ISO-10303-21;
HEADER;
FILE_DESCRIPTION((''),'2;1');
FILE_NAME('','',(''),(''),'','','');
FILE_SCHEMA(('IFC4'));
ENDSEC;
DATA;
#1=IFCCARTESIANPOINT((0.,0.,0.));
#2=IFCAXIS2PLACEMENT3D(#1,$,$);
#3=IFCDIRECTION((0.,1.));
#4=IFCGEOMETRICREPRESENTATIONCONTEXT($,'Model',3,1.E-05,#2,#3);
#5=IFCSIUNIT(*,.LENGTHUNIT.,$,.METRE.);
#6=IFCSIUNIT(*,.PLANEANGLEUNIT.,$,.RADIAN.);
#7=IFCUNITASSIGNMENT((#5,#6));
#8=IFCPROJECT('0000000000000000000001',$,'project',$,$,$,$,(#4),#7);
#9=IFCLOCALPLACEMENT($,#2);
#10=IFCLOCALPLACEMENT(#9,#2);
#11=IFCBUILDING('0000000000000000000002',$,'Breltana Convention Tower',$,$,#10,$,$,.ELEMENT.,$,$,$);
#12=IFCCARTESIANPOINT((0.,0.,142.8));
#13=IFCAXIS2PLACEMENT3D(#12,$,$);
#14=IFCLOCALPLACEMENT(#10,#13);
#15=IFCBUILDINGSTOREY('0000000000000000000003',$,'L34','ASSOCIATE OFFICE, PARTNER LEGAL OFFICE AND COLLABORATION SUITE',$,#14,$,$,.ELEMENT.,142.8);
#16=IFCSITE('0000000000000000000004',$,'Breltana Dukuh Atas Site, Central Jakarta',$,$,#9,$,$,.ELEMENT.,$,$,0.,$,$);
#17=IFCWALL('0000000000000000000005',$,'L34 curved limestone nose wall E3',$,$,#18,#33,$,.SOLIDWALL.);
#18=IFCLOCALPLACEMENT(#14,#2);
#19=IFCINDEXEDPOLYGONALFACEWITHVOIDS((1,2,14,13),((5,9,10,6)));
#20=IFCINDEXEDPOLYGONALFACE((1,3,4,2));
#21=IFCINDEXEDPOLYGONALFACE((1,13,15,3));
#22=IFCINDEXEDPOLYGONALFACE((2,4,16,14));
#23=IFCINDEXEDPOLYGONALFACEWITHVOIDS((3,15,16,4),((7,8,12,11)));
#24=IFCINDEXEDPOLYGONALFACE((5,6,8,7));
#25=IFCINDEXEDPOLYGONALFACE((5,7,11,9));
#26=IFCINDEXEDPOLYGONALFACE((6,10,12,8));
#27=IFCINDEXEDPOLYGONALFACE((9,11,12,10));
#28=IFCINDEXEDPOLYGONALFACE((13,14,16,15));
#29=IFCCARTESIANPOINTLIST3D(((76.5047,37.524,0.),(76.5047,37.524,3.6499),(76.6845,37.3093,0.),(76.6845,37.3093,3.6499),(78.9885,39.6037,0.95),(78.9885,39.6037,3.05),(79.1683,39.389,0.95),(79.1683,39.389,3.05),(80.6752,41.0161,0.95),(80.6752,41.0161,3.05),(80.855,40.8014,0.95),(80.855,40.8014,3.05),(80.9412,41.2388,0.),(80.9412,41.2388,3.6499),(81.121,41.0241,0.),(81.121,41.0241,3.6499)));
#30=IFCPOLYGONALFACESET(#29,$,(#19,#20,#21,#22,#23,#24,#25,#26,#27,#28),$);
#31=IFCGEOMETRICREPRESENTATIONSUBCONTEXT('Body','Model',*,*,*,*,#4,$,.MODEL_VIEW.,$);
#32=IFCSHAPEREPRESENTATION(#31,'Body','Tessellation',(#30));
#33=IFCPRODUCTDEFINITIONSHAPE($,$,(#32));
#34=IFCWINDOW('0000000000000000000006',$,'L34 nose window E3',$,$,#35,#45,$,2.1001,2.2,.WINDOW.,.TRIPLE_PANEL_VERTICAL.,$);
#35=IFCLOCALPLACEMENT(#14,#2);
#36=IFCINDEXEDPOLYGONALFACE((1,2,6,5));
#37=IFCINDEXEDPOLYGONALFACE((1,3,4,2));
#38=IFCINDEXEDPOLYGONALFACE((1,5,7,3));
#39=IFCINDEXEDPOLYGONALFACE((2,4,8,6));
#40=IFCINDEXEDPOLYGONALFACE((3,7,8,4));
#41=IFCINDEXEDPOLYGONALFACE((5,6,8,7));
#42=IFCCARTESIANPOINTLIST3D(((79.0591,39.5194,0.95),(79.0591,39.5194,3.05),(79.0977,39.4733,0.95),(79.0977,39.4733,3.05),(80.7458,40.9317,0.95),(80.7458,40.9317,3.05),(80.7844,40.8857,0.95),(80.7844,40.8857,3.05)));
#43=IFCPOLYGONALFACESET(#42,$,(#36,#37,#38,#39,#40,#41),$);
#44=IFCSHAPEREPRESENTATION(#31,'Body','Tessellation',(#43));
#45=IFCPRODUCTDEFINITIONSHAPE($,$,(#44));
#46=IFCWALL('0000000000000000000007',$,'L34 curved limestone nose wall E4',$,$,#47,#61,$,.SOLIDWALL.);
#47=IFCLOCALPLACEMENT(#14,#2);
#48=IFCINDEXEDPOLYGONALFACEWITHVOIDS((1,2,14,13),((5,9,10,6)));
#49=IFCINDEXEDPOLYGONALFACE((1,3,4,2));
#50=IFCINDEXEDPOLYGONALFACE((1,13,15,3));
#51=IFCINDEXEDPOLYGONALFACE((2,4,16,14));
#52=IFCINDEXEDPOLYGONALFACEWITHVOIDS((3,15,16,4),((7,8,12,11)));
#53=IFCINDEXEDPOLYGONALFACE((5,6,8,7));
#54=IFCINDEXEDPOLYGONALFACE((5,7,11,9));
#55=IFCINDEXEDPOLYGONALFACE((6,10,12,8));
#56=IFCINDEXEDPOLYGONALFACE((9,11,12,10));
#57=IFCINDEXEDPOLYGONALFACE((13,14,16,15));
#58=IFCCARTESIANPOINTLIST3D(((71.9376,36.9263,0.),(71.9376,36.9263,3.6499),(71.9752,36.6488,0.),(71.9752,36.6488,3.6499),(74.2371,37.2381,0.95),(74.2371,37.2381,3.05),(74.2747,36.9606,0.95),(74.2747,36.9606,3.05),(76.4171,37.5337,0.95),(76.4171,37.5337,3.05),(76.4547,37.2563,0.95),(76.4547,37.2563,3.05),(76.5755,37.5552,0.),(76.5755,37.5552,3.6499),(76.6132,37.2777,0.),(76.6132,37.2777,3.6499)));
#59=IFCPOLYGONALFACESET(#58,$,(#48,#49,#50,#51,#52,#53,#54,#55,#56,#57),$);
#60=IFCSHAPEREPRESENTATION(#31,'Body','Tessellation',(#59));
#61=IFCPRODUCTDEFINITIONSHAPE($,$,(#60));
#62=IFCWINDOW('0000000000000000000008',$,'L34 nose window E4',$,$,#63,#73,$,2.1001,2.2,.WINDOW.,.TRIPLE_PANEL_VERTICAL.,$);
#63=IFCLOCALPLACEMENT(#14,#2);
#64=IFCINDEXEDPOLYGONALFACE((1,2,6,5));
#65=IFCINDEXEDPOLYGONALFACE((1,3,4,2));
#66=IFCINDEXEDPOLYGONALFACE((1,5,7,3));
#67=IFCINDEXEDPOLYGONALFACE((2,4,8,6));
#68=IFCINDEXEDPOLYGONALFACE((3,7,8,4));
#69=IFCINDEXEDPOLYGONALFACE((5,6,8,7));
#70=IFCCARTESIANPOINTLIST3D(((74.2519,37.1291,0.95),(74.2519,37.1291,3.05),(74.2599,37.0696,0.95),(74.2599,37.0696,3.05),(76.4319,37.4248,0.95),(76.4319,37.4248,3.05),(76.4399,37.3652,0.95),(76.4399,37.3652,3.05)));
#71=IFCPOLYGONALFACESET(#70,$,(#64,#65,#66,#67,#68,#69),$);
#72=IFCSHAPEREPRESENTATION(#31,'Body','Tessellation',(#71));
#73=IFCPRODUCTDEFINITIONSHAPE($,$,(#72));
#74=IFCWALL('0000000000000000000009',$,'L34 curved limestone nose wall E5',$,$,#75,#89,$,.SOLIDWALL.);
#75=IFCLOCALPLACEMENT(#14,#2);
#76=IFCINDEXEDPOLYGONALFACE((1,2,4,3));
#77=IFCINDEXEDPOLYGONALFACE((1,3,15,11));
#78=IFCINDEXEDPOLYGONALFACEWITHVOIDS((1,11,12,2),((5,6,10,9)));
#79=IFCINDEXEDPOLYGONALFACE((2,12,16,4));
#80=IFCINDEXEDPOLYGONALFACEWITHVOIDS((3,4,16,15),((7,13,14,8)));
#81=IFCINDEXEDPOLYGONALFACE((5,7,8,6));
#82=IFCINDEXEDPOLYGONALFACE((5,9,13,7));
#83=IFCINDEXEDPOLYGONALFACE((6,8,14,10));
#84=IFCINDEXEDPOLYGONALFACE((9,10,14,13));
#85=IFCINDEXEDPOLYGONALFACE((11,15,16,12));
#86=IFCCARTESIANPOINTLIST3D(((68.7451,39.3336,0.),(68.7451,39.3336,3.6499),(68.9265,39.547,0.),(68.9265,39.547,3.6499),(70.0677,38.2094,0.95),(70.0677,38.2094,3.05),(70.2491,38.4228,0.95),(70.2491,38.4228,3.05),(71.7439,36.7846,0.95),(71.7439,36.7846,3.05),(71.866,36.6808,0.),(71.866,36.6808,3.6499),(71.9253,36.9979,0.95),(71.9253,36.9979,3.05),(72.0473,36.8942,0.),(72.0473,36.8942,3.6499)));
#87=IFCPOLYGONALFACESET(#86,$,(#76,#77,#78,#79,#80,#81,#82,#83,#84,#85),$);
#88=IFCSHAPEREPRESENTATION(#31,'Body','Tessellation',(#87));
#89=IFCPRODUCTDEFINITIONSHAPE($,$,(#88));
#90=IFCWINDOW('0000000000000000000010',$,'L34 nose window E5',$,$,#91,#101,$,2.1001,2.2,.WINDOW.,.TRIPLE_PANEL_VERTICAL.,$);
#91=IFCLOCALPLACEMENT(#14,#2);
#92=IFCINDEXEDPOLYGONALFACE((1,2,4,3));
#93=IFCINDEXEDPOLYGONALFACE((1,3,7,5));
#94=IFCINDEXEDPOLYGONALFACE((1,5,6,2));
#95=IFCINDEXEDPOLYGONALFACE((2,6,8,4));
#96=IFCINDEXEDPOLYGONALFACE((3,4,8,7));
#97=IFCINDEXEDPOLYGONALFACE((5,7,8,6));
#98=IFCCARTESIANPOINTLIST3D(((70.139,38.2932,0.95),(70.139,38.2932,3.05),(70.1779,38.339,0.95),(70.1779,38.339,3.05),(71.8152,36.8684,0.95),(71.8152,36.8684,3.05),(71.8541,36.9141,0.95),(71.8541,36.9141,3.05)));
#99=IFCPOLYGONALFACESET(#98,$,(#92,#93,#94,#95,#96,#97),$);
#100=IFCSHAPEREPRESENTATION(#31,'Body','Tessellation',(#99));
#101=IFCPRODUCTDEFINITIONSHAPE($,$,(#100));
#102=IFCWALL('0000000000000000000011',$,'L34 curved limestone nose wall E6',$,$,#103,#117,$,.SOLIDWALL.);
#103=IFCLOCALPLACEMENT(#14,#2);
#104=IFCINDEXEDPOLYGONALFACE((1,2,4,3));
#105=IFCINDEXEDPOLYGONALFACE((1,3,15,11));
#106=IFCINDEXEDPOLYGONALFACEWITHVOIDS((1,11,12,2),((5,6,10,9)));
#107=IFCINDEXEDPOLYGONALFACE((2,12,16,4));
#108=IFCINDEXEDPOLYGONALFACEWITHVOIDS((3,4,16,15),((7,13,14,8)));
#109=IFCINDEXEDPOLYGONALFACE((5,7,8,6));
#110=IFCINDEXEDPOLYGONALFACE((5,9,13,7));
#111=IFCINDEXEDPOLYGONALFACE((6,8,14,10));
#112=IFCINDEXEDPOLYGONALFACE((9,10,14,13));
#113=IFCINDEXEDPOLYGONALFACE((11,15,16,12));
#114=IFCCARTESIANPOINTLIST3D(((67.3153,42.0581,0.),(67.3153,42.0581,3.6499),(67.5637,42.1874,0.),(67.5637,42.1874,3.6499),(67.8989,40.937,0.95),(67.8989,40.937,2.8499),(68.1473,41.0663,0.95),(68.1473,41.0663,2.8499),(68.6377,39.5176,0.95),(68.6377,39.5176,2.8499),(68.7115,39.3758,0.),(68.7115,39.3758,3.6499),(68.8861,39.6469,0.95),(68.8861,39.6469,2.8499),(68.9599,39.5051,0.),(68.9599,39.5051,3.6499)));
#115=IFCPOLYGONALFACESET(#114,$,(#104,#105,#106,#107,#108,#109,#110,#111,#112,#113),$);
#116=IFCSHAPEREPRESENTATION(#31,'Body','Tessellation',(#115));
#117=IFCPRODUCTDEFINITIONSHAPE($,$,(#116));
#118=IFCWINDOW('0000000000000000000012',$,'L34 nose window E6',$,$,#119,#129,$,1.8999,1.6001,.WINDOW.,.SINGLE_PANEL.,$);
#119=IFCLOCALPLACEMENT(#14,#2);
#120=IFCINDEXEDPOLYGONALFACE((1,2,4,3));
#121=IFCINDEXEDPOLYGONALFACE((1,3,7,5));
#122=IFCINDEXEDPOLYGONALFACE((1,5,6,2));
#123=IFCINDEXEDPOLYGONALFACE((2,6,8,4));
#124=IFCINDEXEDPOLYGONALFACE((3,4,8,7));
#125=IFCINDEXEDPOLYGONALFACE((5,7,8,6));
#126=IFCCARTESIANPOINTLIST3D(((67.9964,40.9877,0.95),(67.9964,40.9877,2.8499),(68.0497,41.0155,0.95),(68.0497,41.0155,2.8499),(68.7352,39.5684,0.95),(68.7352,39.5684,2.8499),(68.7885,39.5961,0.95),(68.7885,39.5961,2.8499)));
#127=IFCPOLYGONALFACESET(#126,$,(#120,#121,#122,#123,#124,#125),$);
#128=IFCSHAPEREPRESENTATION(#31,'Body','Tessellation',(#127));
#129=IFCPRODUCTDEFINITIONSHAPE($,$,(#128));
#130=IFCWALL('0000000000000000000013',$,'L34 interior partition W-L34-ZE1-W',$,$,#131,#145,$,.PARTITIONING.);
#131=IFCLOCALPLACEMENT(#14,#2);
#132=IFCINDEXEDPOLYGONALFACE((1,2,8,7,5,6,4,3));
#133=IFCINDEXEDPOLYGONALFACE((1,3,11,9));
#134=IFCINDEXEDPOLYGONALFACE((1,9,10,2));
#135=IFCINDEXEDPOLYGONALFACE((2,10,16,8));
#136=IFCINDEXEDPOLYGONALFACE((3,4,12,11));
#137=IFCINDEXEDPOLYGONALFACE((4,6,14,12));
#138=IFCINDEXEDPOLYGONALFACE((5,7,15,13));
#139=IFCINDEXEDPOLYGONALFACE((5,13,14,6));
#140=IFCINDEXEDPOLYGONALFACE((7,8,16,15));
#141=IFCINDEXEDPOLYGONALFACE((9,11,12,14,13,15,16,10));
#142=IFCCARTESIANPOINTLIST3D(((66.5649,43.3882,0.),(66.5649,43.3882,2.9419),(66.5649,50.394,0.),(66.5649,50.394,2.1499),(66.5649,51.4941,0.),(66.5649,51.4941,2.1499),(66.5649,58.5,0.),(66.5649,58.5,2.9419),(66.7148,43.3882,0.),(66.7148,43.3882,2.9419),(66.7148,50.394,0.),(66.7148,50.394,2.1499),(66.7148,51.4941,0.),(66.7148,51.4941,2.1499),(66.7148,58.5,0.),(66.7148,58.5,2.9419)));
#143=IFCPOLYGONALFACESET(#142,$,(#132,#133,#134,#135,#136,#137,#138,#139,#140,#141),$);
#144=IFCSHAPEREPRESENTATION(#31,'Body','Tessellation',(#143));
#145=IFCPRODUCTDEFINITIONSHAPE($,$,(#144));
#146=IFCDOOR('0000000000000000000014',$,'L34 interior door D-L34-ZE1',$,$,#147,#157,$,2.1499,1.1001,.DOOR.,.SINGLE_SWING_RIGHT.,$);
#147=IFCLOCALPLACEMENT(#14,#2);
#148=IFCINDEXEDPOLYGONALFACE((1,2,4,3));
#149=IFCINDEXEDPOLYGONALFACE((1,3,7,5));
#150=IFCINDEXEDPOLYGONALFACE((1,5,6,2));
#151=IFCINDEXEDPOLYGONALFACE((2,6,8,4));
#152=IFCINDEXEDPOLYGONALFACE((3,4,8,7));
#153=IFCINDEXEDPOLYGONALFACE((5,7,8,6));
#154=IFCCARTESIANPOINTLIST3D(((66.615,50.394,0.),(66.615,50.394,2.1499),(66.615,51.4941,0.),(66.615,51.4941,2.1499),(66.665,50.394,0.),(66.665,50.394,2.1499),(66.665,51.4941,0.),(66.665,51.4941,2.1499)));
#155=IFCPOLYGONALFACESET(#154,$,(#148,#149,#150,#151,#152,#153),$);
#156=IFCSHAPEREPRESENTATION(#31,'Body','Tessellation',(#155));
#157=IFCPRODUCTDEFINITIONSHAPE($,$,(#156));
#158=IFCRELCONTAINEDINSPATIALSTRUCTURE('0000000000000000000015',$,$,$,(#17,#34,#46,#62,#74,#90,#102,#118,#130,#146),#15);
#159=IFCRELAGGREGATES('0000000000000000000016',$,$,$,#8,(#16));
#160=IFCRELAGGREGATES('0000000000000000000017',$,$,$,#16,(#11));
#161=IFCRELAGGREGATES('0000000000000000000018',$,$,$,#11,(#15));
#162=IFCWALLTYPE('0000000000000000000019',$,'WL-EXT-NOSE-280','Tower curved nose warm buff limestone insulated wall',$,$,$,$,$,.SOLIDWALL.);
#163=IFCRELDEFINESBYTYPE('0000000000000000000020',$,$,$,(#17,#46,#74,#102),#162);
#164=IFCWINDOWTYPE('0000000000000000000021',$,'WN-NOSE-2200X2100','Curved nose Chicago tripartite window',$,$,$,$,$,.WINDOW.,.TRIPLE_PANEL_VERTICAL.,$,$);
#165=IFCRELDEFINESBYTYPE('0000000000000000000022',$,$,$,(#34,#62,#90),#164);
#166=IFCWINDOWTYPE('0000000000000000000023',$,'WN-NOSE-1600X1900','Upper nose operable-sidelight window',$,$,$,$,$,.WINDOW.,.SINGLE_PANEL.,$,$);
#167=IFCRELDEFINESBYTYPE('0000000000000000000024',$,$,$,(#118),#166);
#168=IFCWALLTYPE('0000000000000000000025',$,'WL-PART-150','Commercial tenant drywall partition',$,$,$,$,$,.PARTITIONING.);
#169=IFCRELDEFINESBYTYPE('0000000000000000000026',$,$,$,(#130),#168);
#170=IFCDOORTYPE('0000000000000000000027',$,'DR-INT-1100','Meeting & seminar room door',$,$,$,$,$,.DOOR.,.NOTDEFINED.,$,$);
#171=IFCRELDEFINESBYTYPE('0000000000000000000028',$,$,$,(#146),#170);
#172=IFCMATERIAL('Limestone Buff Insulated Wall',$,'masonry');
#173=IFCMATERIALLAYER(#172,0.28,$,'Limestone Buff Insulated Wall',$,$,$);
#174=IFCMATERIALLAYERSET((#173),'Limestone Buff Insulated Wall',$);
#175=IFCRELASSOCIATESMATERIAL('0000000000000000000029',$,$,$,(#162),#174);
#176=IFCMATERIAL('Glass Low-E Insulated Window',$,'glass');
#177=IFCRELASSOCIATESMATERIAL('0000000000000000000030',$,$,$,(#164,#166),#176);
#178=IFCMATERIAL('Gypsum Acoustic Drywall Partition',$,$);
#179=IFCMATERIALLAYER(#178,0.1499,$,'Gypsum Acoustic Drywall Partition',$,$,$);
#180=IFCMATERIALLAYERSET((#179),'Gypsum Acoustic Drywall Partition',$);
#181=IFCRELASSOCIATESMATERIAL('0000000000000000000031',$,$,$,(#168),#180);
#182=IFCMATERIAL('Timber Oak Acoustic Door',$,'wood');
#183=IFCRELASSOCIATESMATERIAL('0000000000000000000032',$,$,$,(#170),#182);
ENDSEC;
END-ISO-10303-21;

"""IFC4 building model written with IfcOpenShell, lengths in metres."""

from ifc_helpers import new_model, si_unit, direction, frame, frame_2d, origin, place, context, subcontext, project, spatial, rectangle, extrude, source, transform, mapped, material, layer, layer_set, type_object, type_shapes, element, fill, save


model = new_model("IFC4")

# Units and contexts
model_context = context("Model", 3, precision=1e-05, world=origin(), true_north=direction((0.0, 1.0)))
body_context = subcontext(model_context, "Body", "Model", "MODEL_VIEW")
ifc_project = project(units=[si_unit("LENGTHUNIT", "METRE"), si_unit("PLANEANGLEUNIT", "RADIAN")], contexts=[model_context])

# Site, building, storey
site_placement = place(None, origin())
site = spatial("IfcSite", under=ifc_project, at=site_placement, Name="Breltana Dukuh Atas Site, Central Jakarta", CompositionType="ELEMENT", RefElevation=0.0)
building_placement = place(site_placement, origin())
building = spatial("IfcBuilding", under=site, at=building_placement, Name="Breltana Convention Tower", CompositionType="ELEMENT")
storey_placement = place(building_placement, frame((0.0, 0.0, 142.8)))
storey = spatial("IfcBuildingStorey", under=building, at=storey_placement, Name="L34", Description="ASSOCIATE OFFICE, PARTNER LEGAL OFFICE AND COLLABORATION SUITE", CompositionType="ELEMENT", Elevation=142.8)

# Walls, openings, windows
ifc_material_1 = material(Name="Limestone Buff Insulated Wall", Category="masonry")
ifc_layer_1 = layer(ifc_material_1, 0.28, Name="Limestone Buff Insulated Wall")
ifc_layer_set_1 = layer_set([ifc_layer_1], Name="Limestone Buff Insulated Wall")
wall_type_1 = type_object("IfcWallType", Name="WL-EXT-NOSE-280", Description="Tower curved nose warm buff limestone insulated wall", PredefinedType="SOLIDWALL", material=ifc_layer_set_1)
shared_shape_1 = source(origin(), body_context, "Body", "SweptSolid", [
    extrude(rectangle(XDim=5.7864, YDim=0.28, at=frame_2d((2.8931, 0.0))), origin(), (0.0, 0.0, 1.0), 3.6499),
])
wall_1_placement = place(storey_placement, frame((81.031, 41.1313, 0.0), z_axis=(0.0, 0.0, 1.0), x_axis=(-0.766711, -0.641992, 0.0)))
wall_1 = element("IfcWall", 1, at=wall_1_placement, inside=storey, type_object=wall_type_1, Name="L34 curved limestone nose wall E3", PredefinedType="SOLIDWALL", context=body_context, shape_type="MappedRepresentation", body=[
    mapped(shared_shape_1, transform((0.0, 0.0, 0.0), scale=1.0)),
])
opening_1_placement = place(wall_1_placement, frame((0.3467, 0.0, 0.95)))
opening_1 = element("IfcOpeningElement", 2, at=opening_1_placement, cuts=wall_1, PredefinedType="OPENING", context=body_context, shape_type="SweptSolid", body=[
    extrude(rectangle(XDim=2.2, YDim=2.1001, at=frame_2d((1.1001, 1.05))), frame((0.0, 0.1499, 0.0), z_axis=(0.0, -1.0, 0.0), x_axis=(1.0, 0.0, 0.0)), (0.0, 0.0, 1.0), 0.3),
])
ifc_material_2 = material(Name="Glass Low-E Insulated Window", Category="glass")
window_type_1 = type_object("IfcWindowType", Name="WN-NOSE-2200X2100", Description="Curved nose Chicago tripartite window", PartitioningType="TRIPLE_PANEL_VERTICAL", PredefinedType="WINDOW", material=ifc_material_2)
shared_shape_2 = source(origin(), body_context, "Body", "SweptSolid", [
    extrude(rectangle(XDim=2.2, YDim=2.1001, at=frame_2d((1.1001, 1.05))), frame((0.0, 0.03, 0.0), z_axis=(0.0, -1.0, 0.0), x_axis=(1.0, 0.0, 0.0)), (0.0, 0.0, 1.0), 0.0601),
])
type_shapes(window_type_1, [shared_shape_2])
window_1_placement = place(opening_1_placement, origin())
window_1 = element("IfcWindow", 3, at=window_1_placement, inside=storey, type_object=window_type_1, Name="L34 nose window E3", OverallHeight=2.1001, OverallWidth=2.2, PartitioningType="TRIPLE_PANEL_VERTICAL", PredefinedType="WINDOW", context=body_context, shape_type="MappedRepresentation", body=[
    mapped(shared_shape_2, transform((0.0, 0.0, 0.0), scale=1.0)),
])
fill(opening_1, window_1)
shared_shape_3 = source(origin(), body_context, "Body", "SweptSolid", [
    extrude(rectangle(XDim=4.6804, YDim=0.28, at=frame_2d((2.3403, 0.0))), origin(), (0.0, 0.0, 1.0), 3.6499),
])
wall_2_placement = place(storey_placement, frame((76.5945, 37.4165, 0.0), z_axis=(0.0, 0.0, 1.0), x_axis=(-0.990931, -0.134371, 0.0)))
wall_2 = element("IfcWall", 4, at=wall_2_placement, inside=storey, type_object=wall_type_1, Name="L34 curved limestone nose wall E4", PredefinedType="SOLIDWALL", context=body_context, shape_type="MappedRepresentation", body=[
    mapped(shared_shape_3, transform((0.0, 0.0, 0.0), scale=1.0)),
])
opening_2_placement = place(wall_2_placement, frame((0.1599, 0.0, 0.95)))
opening_2 = element("IfcOpeningElement", 5, at=opening_2_placement, cuts=wall_2, PredefinedType="OPENING", context=body_context, shape_type="SweptSolid", body=[
    extrude(rectangle(XDim=2.2, YDim=2.1001, at=frame_2d((1.1001, 1.05))), frame((0.0, 0.1499, 0.0), z_axis=(0.0, -1.0, 0.0), x_axis=(1.0, 0.0, 0.0)), (0.0, 0.0, 1.0), 0.3),
])
window_2_placement = place(opening_2_placement, origin())
window_2 = element("IfcWindow", 6, at=window_2_placement, inside=storey, type_object=window_type_1, Name="L34 nose window E4", OverallHeight=2.1001, OverallWidth=2.2, PartitioningType="TRIPLE_PANEL_VERTICAL", PredefinedType="WINDOW", context=body_context, shape_type="MappedRepresentation", body=[
    mapped(shared_shape_2, transform((0.0, 0.0, 0.0), scale=1.0)),
])
fill(opening_2, window_2)
shared_shape_4 = source(origin(), body_context, "Body", "SweptSolid", [
    extrude(rectangle(XDim=4.0959, YDim=0.28, at=frame_2d((2.0479, 0.0))), origin(), (0.0, 0.0, 1.0), 3.6499),
])
wall_3_placement = place(storey_placement, frame((71.9565, 36.7876, 0.0), z_axis=(0.0, 0.0, 1.0), x_axis=(-0.761926, 0.647664, 0.0)))
wall_3 = element("IfcWall", 7, at=wall_3_placement, inside=storey, type_object=wall_type_1, Name="L34 curved limestone nose wall E5", PredefinedType="SOLIDWALL", context=body_context, shape_type="MappedRepresentation", body=[
    mapped(shared_shape_4, transform((0.0, 0.0, 0.0), scale=1.0)),
])
opening_3_placement = place(wall_3_placement, frame((0.1599, 0.0, 0.95)))
opening_3 = element("IfcOpeningElement", 8, at=opening_3_placement, cuts=wall_3, PredefinedType="OPENING", context=body_context, shape_type="SweptSolid", body=[
    extrude(rectangle(XDim=2.2, YDim=2.1001, at=frame_2d((1.1001, 1.05))), frame((0.0, 0.1499, 0.0), z_axis=(0.0, -1.0, 0.0), x_axis=(1.0, 0.0, 0.0)), (0.0, 0.0, 1.0), 0.3),
])
window_3_placement = place(opening_3_placement, origin())
window_3 = element("IfcWindow", 9, at=window_3_placement, inside=storey, type_object=window_type_1, Name="L34 nose window E5", OverallHeight=2.1001, OverallWidth=2.2, PartitioningType="TRIPLE_PANEL_VERTICAL", PredefinedType="WINDOW", context=body_context, shape_type="MappedRepresentation", body=[
    mapped(shared_shape_2, transform((0.0, 0.0, 0.0), scale=1.0)),
])
fill(opening_3, window_3)
shared_shape_5 = source(origin(), body_context, "Body", "SweptSolid", [
    extrude(rectangle(XDim=3.0239, YDim=0.28, at=frame_2d((1.512, 0.0))), origin(), (0.0, 0.0, 1.0), 3.6499),
])
wall_4_placement = place(storey_placement, frame((68.8357, 39.4404, 0.0), z_axis=(0.0, 0.0, 1.0), x_axis=(-0.461719, 0.887026, 0.0)))
wall_4 = element("IfcWall", 10, at=wall_4_placement, inside=storey, type_object=wall_type_1, Name="L34 curved limestone nose wall E6", PredefinedType="SOLIDWALL", context=body_context, shape_type="MappedRepresentation", body=[
    mapped(shared_shape_5, transform((0.0, 0.0, 0.0), scale=1.0)),
])
opening_4_placement = place(wall_4_placement, frame((0.1599, 0.0, 0.95)))
opening_4 = element("IfcOpeningElement", 11, at=opening_4_placement, cuts=wall_4, PredefinedType="OPENING", context=body_context, shape_type="SweptSolid", body=[
    extrude(rectangle(XDim=1.6001, YDim=1.8999, at=frame_2d((0.8, 0.95))), frame((0.0, 0.1499, 0.0), z_axis=(0.0, -1.0, 0.0), x_axis=(1.0, 0.0, 0.0)), (0.0, 0.0, 1.0), 0.3),
])
window_type_2 = type_object("IfcWindowType", Name="WN-NOSE-1600X1900", Description="Upper nose operable-sidelight window", PartitioningType="SINGLE_PANEL", PredefinedType="WINDOW", material=ifc_material_2)
shared_shape_6 = source(origin(), body_context, "Body", "SweptSolid", [
    extrude(rectangle(XDim=1.6001, YDim=1.8999, at=frame_2d((0.8, 0.95))), frame((0.0, 0.03, 0.0), z_axis=(0.0, -1.0, 0.0), x_axis=(1.0, 0.0, 0.0)), (0.0, 0.0, 1.0), 0.0601),
])
type_shapes(window_type_2, [shared_shape_6])
window_4_placement = place(opening_4_placement, origin())
window_4 = element("IfcWindow", 12, at=window_4_placement, inside=storey, type_object=window_type_2, Name="L34 nose window E6", OverallHeight=1.8999, OverallWidth=1.6001, PartitioningType="SINGLE_PANEL", PredefinedType="WINDOW", context=body_context, shape_type="MappedRepresentation", body=[
    mapped(shared_shape_6, transform((0.0, 0.0, 0.0), scale=1.0)),
])
fill(opening_4, window_4)

# Wall, opening, door
ifc_material_3 = material(Name="Gypsum Acoustic Drywall Partition")
ifc_layer_2 = layer(ifc_material_3, 0.1499, Name="Gypsum Acoustic Drywall Partition")
ifc_layer_set_2 = layer_set([ifc_layer_2], Name="Gypsum Acoustic Drywall Partition")
wall_type_2 = type_object("IfcWallType", Name="WL-PART-150", Description="Commercial tenant drywall partition", PredefinedType="PARTITIONING", material=ifc_layer_set_2)
shared_shape_7 = source(origin(), body_context, "Body", "SweptSolid", [
    extrude(rectangle(XDim=15.1118, YDim=0.1499, at=frame_2d((7.5559, 0.0))), origin(), (0.0, 0.0, 1.0), 2.9419),
])
wall_5_placement = place(storey_placement, frame((66.6399, 43.3882, 0.0), z_axis=(0.0, 0.0, 1.0), x_axis=(0.0, 1.0, 0.0)))
wall_5 = element("IfcWall", 13, at=wall_5_placement, inside=storey, type_object=wall_type_2, Name="L34 interior partition W-L34-ZE1-W", PredefinedType="PARTITIONING", context=body_context, shape_type="MappedRepresentation", body=[
    mapped(shared_shape_7, transform((0.0, 0.0, 0.0), scale=1.0)),
])
opening_5_placement = place(wall_5_placement, frame((7.0059, 0.0, 0.0)))
opening_5 = element("IfcOpeningElement", 14, at=opening_5_placement, cuts=wall_5, PredefinedType="OPENING", context=body_context, shape_type="SweptSolid", body=[
    extrude(rectangle(XDim=1.1001, YDim=2.1499, at=frame_2d((0.55, 1.075))), frame((0.0, 0.085, 0.0), z_axis=(0.0, -1.0, 0.0), x_axis=(1.0, 0.0, 0.0)), (0.0, 0.0, 1.0), 0.1699),
])
ifc_material_4 = material(Name="Timber Oak Acoustic Door", Category="wood")
door_type = type_object("IfcDoorType", Name="DR-INT-1100", Description="Meeting & seminar room door", OperationType="NOTDEFINED", PredefinedType="DOOR", material=ifc_material_4)
shared_shape_8 = source(origin(), body_context, "Body", "SweptSolid", [
    extrude(rectangle(XDim=1.1001, YDim=2.1499, at=frame_2d((0.55, 1.075))), frame((0.0, 0.0249, 0.0), z_axis=(0.0, -1.0, 0.0), x_axis=(1.0, 0.0, 0.0)), (0.0, 0.0, 1.0), 0.05),
])
type_shapes(door_type, [shared_shape_8])
door_placement = place(opening_5_placement, origin())
door = element("IfcDoor", 15, at=door_placement, inside=storey, type_object=door_type, Name="L34 interior door D-L34-ZE1", OperationType="SINGLE_SWING_RIGHT", OverallHeight=2.1499, OverallWidth=1.1001, PredefinedType="DOOR", context=body_context, shape_type="MappedRepresentation", body=[
    mapped(shared_shape_8, transform((0.0, 0.0, 0.0), scale=1.0)),
])
fill(opening_5, door)

save(model, "model.ifc")
